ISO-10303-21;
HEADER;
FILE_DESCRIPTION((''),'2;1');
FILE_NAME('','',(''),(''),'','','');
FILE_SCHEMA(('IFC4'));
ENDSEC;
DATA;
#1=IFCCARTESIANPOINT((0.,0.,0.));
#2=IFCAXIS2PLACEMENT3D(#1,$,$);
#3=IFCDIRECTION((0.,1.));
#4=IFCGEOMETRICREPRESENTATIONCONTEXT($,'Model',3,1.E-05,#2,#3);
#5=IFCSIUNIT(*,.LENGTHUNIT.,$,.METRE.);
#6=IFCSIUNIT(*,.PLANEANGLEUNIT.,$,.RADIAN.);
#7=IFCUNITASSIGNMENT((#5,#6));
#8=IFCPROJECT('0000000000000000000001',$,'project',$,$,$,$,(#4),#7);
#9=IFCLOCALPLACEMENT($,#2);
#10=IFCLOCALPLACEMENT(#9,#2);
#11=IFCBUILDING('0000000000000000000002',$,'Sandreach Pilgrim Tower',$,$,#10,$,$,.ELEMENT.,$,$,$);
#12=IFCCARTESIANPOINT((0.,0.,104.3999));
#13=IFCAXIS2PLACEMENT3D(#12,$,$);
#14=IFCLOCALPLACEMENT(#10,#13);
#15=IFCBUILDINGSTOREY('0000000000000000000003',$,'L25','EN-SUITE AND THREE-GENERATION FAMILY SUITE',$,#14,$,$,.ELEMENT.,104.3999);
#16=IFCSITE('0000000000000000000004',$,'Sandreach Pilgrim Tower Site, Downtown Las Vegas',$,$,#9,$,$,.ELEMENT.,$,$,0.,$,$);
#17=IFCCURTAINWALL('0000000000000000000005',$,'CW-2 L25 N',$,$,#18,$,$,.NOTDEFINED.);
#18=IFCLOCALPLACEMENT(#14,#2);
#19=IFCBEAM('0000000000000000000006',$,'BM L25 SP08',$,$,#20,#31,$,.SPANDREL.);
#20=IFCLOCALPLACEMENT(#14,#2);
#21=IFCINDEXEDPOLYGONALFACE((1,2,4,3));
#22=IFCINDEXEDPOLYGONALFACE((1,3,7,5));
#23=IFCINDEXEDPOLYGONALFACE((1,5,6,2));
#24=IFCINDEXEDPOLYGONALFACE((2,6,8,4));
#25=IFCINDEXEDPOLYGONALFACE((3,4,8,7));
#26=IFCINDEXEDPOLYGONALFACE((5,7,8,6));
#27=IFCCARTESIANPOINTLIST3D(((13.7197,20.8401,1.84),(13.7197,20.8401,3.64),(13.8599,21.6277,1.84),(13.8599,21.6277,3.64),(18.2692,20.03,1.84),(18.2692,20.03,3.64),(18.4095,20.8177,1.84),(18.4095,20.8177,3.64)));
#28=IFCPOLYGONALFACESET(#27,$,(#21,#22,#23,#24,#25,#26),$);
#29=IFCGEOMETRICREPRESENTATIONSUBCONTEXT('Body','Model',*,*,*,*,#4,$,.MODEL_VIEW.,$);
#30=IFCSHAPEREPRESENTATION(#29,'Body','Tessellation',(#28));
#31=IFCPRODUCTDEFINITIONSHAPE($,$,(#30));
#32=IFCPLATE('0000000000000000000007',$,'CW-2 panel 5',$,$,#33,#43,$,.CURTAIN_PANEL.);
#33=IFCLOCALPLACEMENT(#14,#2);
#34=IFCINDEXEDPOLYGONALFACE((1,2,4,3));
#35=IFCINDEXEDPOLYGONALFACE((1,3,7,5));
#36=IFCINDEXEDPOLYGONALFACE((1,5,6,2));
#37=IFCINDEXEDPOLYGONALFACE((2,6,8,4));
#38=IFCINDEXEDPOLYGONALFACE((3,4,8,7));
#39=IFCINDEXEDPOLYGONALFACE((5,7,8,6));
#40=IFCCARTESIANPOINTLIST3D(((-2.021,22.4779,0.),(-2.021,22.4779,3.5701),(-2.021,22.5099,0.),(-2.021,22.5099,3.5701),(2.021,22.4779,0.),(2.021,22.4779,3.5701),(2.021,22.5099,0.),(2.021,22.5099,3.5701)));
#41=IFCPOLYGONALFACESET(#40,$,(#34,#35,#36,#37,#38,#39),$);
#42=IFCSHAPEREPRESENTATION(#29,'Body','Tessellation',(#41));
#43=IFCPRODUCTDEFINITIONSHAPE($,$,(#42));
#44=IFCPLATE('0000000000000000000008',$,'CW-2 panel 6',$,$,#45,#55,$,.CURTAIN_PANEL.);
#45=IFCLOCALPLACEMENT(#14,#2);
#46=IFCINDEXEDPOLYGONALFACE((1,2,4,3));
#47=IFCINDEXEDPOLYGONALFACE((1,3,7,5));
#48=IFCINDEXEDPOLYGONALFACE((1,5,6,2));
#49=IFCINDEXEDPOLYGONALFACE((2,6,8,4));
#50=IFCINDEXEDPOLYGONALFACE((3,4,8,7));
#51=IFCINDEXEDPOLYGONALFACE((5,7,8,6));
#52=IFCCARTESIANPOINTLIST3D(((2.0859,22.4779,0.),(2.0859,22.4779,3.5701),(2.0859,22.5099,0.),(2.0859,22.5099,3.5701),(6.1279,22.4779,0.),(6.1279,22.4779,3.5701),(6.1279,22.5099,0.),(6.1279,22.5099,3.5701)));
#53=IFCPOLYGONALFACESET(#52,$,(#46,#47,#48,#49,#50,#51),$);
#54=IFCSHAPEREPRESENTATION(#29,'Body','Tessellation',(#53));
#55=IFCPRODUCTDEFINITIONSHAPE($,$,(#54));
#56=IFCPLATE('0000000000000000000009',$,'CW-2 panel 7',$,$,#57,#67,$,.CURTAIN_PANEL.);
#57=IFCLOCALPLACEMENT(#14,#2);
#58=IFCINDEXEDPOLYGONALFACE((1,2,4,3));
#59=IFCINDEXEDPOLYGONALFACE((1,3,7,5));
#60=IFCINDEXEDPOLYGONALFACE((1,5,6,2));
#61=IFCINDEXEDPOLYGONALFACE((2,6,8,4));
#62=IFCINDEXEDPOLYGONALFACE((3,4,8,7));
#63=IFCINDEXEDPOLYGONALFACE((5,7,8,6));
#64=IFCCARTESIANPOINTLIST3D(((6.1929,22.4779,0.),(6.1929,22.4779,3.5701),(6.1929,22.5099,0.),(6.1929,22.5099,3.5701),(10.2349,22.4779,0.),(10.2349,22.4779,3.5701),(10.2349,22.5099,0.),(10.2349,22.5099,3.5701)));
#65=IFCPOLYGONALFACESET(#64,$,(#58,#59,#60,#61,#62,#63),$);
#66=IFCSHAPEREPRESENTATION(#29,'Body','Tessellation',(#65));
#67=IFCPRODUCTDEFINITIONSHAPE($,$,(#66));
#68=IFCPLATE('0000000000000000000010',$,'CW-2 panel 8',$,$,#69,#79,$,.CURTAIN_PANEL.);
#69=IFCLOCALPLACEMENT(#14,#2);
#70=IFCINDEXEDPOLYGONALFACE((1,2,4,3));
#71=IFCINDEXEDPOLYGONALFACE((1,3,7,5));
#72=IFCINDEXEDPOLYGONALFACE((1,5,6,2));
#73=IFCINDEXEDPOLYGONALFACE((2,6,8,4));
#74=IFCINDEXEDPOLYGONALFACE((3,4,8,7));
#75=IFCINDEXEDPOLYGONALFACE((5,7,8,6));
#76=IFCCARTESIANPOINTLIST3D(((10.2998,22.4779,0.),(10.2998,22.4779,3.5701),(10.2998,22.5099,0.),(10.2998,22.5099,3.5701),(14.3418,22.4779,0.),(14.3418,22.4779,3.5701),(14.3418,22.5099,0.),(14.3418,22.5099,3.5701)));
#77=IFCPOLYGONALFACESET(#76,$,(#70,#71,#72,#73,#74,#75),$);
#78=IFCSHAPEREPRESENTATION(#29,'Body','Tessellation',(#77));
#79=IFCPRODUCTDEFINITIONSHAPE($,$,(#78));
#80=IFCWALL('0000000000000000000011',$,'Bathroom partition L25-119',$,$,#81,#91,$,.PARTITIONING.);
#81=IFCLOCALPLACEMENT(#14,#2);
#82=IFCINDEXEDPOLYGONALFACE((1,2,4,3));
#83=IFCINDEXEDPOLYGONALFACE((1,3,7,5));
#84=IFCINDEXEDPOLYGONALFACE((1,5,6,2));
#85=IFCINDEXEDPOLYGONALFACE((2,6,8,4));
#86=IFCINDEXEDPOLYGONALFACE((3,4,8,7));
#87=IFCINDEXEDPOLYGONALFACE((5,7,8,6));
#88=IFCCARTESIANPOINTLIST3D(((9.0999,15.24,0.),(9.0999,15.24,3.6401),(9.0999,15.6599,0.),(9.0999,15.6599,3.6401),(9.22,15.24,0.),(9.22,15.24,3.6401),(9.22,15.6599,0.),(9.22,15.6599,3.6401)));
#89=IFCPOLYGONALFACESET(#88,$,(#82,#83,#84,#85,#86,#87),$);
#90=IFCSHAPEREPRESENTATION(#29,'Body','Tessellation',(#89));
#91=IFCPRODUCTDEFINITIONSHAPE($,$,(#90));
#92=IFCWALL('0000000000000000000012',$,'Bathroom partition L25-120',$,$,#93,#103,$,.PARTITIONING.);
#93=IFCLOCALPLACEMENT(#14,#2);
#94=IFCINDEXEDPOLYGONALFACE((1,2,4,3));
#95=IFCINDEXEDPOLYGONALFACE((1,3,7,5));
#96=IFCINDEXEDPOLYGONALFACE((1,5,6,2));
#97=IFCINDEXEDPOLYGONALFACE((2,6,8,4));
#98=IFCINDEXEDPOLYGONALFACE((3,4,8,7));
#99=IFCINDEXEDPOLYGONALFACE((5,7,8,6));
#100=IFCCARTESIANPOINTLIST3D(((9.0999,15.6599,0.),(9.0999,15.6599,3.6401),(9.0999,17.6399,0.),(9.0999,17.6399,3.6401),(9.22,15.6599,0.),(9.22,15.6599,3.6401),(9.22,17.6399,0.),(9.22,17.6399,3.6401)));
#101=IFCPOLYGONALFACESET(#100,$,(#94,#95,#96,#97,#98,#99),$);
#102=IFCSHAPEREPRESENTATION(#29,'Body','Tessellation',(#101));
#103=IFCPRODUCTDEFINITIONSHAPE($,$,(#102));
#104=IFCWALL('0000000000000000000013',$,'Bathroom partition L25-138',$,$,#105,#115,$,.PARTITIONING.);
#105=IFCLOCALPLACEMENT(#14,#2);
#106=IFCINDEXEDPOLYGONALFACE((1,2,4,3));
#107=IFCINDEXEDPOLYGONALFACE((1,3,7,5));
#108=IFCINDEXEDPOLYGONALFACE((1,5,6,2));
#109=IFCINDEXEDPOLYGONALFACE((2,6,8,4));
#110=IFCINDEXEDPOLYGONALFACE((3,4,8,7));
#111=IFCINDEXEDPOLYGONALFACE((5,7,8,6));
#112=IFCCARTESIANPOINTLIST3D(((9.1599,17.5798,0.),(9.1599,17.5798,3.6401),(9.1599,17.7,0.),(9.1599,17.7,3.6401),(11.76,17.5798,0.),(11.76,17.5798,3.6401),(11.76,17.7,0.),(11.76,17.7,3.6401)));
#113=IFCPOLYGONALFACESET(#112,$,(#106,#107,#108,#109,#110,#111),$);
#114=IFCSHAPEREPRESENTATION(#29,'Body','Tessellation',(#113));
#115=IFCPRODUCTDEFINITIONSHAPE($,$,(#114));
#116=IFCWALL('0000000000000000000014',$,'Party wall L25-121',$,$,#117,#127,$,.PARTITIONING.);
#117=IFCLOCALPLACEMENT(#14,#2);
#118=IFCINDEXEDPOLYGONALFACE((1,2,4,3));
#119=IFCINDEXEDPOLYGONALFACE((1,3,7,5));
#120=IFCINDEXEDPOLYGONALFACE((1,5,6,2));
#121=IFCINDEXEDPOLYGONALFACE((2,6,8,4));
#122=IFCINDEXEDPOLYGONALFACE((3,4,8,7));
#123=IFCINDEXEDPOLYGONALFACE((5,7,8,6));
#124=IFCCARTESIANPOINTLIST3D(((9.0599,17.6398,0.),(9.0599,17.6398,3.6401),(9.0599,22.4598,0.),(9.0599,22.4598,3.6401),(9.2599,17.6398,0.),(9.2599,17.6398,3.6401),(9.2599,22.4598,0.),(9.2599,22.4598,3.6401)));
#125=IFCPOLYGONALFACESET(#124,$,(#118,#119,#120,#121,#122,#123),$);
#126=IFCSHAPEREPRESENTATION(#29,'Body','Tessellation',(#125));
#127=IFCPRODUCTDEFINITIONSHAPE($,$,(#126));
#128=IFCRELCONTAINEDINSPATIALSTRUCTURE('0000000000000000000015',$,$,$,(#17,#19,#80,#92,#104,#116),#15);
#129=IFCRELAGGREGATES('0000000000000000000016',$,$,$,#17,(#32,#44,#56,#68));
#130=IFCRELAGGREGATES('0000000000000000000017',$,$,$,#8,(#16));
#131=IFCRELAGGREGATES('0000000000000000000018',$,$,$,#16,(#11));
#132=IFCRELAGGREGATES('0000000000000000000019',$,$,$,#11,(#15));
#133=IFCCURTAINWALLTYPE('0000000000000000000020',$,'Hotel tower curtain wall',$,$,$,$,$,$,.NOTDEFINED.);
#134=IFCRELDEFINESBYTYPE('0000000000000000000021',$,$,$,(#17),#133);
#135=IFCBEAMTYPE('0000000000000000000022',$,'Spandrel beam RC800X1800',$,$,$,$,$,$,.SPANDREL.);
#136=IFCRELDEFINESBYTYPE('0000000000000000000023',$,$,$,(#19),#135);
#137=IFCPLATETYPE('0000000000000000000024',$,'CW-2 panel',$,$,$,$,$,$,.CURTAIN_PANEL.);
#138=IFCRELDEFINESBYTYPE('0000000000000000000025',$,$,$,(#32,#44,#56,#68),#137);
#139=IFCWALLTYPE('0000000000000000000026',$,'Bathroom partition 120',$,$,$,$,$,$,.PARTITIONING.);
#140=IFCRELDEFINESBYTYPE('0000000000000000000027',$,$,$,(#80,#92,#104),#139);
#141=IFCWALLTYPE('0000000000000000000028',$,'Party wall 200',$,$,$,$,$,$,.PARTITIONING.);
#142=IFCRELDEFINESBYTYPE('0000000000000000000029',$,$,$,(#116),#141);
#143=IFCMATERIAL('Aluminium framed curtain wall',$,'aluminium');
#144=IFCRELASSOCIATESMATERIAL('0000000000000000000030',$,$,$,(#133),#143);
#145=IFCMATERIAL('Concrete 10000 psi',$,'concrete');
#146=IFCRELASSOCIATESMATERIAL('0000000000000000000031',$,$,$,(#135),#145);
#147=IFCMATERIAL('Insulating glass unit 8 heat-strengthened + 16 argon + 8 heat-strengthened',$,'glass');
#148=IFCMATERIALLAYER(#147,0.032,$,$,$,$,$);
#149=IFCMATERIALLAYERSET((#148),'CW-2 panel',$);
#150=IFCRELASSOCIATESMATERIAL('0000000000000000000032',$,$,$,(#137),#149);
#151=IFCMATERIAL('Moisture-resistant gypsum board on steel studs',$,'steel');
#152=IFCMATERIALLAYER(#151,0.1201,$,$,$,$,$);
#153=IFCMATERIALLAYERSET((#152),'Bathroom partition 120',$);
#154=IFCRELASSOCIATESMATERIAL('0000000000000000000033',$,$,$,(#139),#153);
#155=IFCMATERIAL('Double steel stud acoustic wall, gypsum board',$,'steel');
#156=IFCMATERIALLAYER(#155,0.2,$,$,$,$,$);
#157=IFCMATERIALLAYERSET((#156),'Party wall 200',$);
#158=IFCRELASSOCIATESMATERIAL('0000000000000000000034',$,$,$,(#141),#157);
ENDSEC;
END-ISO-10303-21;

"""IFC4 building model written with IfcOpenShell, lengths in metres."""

from ifc_helpers import new_model, si_unit, direction, frame, frame_2d, origin, origin_2d, place, context, subcontext, project, spatial, rectangle, extrude, material, layer, layer_set, material_profile, profile_set, type_object, element, aggregate, save


model = new_model("IFC4")

# Units and contexts
model_context = context("Model", 3, precision=1e-05, world=origin(), true_north=direction((0.0, 1.0)))
body_context = subcontext(model_context, "Body", "Model", "MODEL_VIEW")
ifc_project = project(units=[si_unit("LENGTHUNIT", "METRE"), si_unit("PLANEANGLEUNIT", "RADIAN")], contexts=[model_context])

# Site, building, storey
site_placement = place(None, origin())
site = spatial("IfcSite", under=ifc_project, at=site_placement, Name="Sandreach Pilgrim Tower Site, Downtown Las Vegas", CompositionType="ELEMENT", RefElevation=0.0)
building_placement = place(site_placement, origin())
building = spatial("IfcBuilding", under=site, at=building_placement, Name="Sandreach Pilgrim Tower", CompositionType="ELEMENT")
storey_placement = place(building_placement, frame((0.0, 0.0, 104.3999)))
storey = spatial("IfcBuildingStorey", under=building, at=storey_placement, Name="L25", Description="EN-SUITE AND THREE-GENERATION FAMILY SUITE", CompositionType="ELEMENT", Elevation=104.3999)

# Curtain wall
ifc_material_1 = material(Name="Aluminium framed curtain wall", Category="aluminium")
curtain_wall_type = type_object("IfcCurtainWallType", Name="Hotel tower curtain wall", PredefinedType="NOTDEFINED", material=ifc_material_1)
curtain_wall_placement = place(storey_placement, origin())
curtain_wall = element("IfcCurtainWall", 1, at=curtain_wall_placement, inside=storey, type_object=curtain_wall_type, Name="CW-2 L25 N", PredefinedType="NOTDEFINED")

# Beam
ifc_material_2 = material(Name="Concrete 10000 psi", Category="concrete")
ifc_material_profile_1 = material_profile(ifc_material_2, rectangle(XDim=0.8, YDim=1.8, at=origin_2d()), Name="RC800X1800")
ifc_profile_set_1 = profile_set([ifc_material_profile_1], Name="Concrete 10000 psi")
beam_type_1 = type_object("IfcBeamType", Name="Spandrel beam RC800X1800", PredefinedType="SPANDREL", material=ifc_profile_set_1)
beam_1_placement = place(storey_placement, frame((13.7898, 21.2339, 2.74), z_axis=(0.984516, -0.175295, 0.0), x_axis=(0.175295, 0.984516, 0.0)))
element("IfcBeam", 2, at=beam_1_placement, inside=storey, type_object=beam_type_1, Name="BM L25 SP08", PredefinedType="SPANDREL", context=body_context, shape_type="SweptSolid", body=[
    extrude(rectangle(XDim=0.8, YDim=1.8, at=origin_2d()), origin(), (0.0, 0.0, 1.0), 4.6211),
])

# Plates
ifc_material_3 = material(Name="Insulating glass unit 8 heat-strengthened + 16 argon + 8 heat-strengthened", Category="glass")
ifc_layer_1 = layer(ifc_material_3, 0.032)
ifc_layer_set_1 = layer_set([ifc_layer_1], Name="CW-2 panel")
plate_type = type_object("IfcPlateType", Name="CW-2 panel", PredefinedType="CURTAIN_PANEL", material=ifc_layer_set_1)
plate_1_placement = place(storey_placement, frame((0.0, 22.4939, 0.0), z_axis=(0.0, 0.0, 1.0), x_axis=(1.0, 0.0, 0.0)))
plate_1 = element("IfcPlate", 3, at=plate_1_placement, type_object=plate_type, Name="CW-2 panel 5", PredefinedType="CURTAIN_PANEL", context=body_context, shape_type="SweptSolid", body=[
    extrude(rectangle(XDim=4.042, YDim=0.032, at=origin_2d()), origin(), (0.0, 0.0, 1.0), 3.5701),
])
plate_2_placement = place(storey_placement, frame((4.1069, 22.4939, 0.0), z_axis=(0.0, 0.0, 1.0), x_axis=(1.0, 0.0, 0.0)))
plate_2 = element("IfcPlate", 4, at=plate_2_placement, type_object=plate_type, Name="CW-2 panel 6", PredefinedType="CURTAIN_PANEL", context=body_context, shape_type="SweptSolid", body=[
    extrude(rectangle(XDim=4.042, YDim=0.032, at=origin_2d()), origin(), (0.0, 0.0, 1.0), 3.5701),
])
plate_3_placement = place(storey_placement, frame((8.2139, 22.4939, 0.0), z_axis=(0.0, 0.0, 1.0), x_axis=(1.0, 0.0, 0.0)))
plate_3 = element("IfcPlate", 5, at=plate_3_placement, type_object=plate_type, Name="CW-2 panel 7", PredefinedType="CURTAIN_PANEL", context=body_context, shape_type="SweptSolid", body=[
    extrude(rectangle(XDim=4.042, YDim=0.032, at=origin_2d()), origin(), (0.0, 0.0, 1.0), 3.5701),
])
plate_4_placement = place(storey_placement, frame((12.3208, 22.4939, 0.0), z_axis=(0.0, 0.0, 1.0), x_axis=(1.0, 0.0, 0.0)))
plate_4 = element("IfcPlate", 6, at=plate_4_placement, type_object=plate_type, Name="CW-2 panel 8", PredefinedType="CURTAIN_PANEL", context=body_context, shape_type="SweptSolid", body=[
    extrude(rectangle(XDim=4.042, YDim=0.032, at=origin_2d()), origin(), (0.0, 0.0, 1.0), 3.5701),
])
aggregate(curtain_wall, [plate_1, plate_2, plate_3, plate_4])

# Walls
ifc_material_4 = material(Name="Moisture-resistant gypsum board on steel studs", Category="steel")
ifc_layer_2 = layer(ifc_material_4, 0.1201)
ifc_layer_set_2 = layer_set([ifc_layer_2], Name="Bathroom partition 120")
wall_type_1 = type_object("IfcWallType", Name="Bathroom partition 120", PredefinedType="PARTITIONING", material=ifc_layer_set_2)
wall_1_placement = place(storey_placement, frame((9.1599, 15.6599, 0.0), z_axis=(0.0, 0.0, 1.0), x_axis=(0.0, -1.0, 0.0)))
element("IfcWall", 7, at=wall_1_placement, inside=storey, type_object=wall_type_1, Name="Bathroom partition L25-119", PredefinedType="PARTITIONING", context=body_context, shape_type="SweptSolid", body=[
    extrude(rectangle(XDim=0.4199, YDim=0.1201, at=frame_2d((0.21, 0.0))), origin(), (0.0, 0.0, 1.0), 3.6401),
])
wall_2_placement = place(storey_placement, frame((9.1599, 17.6399, 0.0), z_axis=(0.0, 0.0, 1.0), x_axis=(0.0, -1.0, 0.0)))
element("IfcWall", 8, at=wall_2_placement, inside=storey, type_object=wall_type_1, Name="Bathroom partition L25-120", PredefinedType="PARTITIONING", context=body_context, shape_type="SweptSolid", body=[
    extrude(rectangle(XDim=1.98, YDim=0.1201, at=frame_2d((0.99, 0.0))), origin(), (0.0, 0.0, 1.0), 3.6401),
])
wall_3_placement = place(storey_placement, frame((11.76, 17.6399, 0.0), z_axis=(0.0, 0.0, 1.0), x_axis=(-1.0, 0.0, 0.0)))
element("IfcWall", 9, at=wall_3_placement, inside=storey, type_object=wall_type_1, Name="Bathroom partition L25-138", PredefinedType="PARTITIONING", context=body_context, shape_type="SweptSolid", body=[
    extrude(rectangle(XDim=2.6001, YDim=0.1201, at=frame_2d((1.3, 0.0))), origin(), (0.0, 0.0, 1.0), 3.6401),
])
ifc_material_5 = material(Name="Double steel stud acoustic wall, gypsum board", Category="steel")
ifc_layer_3 = layer(ifc_material_5, 0.2)
ifc_layer_set_3 = layer_set([ifc_layer_3], Name="Party wall 200")
wall_type_2 = type_object("IfcWallType", Name="Party wall 200", PredefinedType="PARTITIONING", material=ifc_layer_set_3)
wall_4_placement = place(storey_placement, frame((9.1599, 22.46, 0.0), z_axis=(0.0, 0.0, 1.0), x_axis=(0.0, -1.0, 0.0)))
element("IfcWall", 10, at=wall_4_placement, inside=storey, type_object=wall_type_2, Name="Party wall L25-121", PredefinedType="PARTITIONING", context=body_context, shape_type="SweptSolid", body=[
    extrude(rectangle(XDim=4.8201, YDim=0.2, at=frame_2d((2.4102, 0.0))), origin(), (0.0, 0.0, 1.0), 3.6401),
])

save(model, "model.ifc")
